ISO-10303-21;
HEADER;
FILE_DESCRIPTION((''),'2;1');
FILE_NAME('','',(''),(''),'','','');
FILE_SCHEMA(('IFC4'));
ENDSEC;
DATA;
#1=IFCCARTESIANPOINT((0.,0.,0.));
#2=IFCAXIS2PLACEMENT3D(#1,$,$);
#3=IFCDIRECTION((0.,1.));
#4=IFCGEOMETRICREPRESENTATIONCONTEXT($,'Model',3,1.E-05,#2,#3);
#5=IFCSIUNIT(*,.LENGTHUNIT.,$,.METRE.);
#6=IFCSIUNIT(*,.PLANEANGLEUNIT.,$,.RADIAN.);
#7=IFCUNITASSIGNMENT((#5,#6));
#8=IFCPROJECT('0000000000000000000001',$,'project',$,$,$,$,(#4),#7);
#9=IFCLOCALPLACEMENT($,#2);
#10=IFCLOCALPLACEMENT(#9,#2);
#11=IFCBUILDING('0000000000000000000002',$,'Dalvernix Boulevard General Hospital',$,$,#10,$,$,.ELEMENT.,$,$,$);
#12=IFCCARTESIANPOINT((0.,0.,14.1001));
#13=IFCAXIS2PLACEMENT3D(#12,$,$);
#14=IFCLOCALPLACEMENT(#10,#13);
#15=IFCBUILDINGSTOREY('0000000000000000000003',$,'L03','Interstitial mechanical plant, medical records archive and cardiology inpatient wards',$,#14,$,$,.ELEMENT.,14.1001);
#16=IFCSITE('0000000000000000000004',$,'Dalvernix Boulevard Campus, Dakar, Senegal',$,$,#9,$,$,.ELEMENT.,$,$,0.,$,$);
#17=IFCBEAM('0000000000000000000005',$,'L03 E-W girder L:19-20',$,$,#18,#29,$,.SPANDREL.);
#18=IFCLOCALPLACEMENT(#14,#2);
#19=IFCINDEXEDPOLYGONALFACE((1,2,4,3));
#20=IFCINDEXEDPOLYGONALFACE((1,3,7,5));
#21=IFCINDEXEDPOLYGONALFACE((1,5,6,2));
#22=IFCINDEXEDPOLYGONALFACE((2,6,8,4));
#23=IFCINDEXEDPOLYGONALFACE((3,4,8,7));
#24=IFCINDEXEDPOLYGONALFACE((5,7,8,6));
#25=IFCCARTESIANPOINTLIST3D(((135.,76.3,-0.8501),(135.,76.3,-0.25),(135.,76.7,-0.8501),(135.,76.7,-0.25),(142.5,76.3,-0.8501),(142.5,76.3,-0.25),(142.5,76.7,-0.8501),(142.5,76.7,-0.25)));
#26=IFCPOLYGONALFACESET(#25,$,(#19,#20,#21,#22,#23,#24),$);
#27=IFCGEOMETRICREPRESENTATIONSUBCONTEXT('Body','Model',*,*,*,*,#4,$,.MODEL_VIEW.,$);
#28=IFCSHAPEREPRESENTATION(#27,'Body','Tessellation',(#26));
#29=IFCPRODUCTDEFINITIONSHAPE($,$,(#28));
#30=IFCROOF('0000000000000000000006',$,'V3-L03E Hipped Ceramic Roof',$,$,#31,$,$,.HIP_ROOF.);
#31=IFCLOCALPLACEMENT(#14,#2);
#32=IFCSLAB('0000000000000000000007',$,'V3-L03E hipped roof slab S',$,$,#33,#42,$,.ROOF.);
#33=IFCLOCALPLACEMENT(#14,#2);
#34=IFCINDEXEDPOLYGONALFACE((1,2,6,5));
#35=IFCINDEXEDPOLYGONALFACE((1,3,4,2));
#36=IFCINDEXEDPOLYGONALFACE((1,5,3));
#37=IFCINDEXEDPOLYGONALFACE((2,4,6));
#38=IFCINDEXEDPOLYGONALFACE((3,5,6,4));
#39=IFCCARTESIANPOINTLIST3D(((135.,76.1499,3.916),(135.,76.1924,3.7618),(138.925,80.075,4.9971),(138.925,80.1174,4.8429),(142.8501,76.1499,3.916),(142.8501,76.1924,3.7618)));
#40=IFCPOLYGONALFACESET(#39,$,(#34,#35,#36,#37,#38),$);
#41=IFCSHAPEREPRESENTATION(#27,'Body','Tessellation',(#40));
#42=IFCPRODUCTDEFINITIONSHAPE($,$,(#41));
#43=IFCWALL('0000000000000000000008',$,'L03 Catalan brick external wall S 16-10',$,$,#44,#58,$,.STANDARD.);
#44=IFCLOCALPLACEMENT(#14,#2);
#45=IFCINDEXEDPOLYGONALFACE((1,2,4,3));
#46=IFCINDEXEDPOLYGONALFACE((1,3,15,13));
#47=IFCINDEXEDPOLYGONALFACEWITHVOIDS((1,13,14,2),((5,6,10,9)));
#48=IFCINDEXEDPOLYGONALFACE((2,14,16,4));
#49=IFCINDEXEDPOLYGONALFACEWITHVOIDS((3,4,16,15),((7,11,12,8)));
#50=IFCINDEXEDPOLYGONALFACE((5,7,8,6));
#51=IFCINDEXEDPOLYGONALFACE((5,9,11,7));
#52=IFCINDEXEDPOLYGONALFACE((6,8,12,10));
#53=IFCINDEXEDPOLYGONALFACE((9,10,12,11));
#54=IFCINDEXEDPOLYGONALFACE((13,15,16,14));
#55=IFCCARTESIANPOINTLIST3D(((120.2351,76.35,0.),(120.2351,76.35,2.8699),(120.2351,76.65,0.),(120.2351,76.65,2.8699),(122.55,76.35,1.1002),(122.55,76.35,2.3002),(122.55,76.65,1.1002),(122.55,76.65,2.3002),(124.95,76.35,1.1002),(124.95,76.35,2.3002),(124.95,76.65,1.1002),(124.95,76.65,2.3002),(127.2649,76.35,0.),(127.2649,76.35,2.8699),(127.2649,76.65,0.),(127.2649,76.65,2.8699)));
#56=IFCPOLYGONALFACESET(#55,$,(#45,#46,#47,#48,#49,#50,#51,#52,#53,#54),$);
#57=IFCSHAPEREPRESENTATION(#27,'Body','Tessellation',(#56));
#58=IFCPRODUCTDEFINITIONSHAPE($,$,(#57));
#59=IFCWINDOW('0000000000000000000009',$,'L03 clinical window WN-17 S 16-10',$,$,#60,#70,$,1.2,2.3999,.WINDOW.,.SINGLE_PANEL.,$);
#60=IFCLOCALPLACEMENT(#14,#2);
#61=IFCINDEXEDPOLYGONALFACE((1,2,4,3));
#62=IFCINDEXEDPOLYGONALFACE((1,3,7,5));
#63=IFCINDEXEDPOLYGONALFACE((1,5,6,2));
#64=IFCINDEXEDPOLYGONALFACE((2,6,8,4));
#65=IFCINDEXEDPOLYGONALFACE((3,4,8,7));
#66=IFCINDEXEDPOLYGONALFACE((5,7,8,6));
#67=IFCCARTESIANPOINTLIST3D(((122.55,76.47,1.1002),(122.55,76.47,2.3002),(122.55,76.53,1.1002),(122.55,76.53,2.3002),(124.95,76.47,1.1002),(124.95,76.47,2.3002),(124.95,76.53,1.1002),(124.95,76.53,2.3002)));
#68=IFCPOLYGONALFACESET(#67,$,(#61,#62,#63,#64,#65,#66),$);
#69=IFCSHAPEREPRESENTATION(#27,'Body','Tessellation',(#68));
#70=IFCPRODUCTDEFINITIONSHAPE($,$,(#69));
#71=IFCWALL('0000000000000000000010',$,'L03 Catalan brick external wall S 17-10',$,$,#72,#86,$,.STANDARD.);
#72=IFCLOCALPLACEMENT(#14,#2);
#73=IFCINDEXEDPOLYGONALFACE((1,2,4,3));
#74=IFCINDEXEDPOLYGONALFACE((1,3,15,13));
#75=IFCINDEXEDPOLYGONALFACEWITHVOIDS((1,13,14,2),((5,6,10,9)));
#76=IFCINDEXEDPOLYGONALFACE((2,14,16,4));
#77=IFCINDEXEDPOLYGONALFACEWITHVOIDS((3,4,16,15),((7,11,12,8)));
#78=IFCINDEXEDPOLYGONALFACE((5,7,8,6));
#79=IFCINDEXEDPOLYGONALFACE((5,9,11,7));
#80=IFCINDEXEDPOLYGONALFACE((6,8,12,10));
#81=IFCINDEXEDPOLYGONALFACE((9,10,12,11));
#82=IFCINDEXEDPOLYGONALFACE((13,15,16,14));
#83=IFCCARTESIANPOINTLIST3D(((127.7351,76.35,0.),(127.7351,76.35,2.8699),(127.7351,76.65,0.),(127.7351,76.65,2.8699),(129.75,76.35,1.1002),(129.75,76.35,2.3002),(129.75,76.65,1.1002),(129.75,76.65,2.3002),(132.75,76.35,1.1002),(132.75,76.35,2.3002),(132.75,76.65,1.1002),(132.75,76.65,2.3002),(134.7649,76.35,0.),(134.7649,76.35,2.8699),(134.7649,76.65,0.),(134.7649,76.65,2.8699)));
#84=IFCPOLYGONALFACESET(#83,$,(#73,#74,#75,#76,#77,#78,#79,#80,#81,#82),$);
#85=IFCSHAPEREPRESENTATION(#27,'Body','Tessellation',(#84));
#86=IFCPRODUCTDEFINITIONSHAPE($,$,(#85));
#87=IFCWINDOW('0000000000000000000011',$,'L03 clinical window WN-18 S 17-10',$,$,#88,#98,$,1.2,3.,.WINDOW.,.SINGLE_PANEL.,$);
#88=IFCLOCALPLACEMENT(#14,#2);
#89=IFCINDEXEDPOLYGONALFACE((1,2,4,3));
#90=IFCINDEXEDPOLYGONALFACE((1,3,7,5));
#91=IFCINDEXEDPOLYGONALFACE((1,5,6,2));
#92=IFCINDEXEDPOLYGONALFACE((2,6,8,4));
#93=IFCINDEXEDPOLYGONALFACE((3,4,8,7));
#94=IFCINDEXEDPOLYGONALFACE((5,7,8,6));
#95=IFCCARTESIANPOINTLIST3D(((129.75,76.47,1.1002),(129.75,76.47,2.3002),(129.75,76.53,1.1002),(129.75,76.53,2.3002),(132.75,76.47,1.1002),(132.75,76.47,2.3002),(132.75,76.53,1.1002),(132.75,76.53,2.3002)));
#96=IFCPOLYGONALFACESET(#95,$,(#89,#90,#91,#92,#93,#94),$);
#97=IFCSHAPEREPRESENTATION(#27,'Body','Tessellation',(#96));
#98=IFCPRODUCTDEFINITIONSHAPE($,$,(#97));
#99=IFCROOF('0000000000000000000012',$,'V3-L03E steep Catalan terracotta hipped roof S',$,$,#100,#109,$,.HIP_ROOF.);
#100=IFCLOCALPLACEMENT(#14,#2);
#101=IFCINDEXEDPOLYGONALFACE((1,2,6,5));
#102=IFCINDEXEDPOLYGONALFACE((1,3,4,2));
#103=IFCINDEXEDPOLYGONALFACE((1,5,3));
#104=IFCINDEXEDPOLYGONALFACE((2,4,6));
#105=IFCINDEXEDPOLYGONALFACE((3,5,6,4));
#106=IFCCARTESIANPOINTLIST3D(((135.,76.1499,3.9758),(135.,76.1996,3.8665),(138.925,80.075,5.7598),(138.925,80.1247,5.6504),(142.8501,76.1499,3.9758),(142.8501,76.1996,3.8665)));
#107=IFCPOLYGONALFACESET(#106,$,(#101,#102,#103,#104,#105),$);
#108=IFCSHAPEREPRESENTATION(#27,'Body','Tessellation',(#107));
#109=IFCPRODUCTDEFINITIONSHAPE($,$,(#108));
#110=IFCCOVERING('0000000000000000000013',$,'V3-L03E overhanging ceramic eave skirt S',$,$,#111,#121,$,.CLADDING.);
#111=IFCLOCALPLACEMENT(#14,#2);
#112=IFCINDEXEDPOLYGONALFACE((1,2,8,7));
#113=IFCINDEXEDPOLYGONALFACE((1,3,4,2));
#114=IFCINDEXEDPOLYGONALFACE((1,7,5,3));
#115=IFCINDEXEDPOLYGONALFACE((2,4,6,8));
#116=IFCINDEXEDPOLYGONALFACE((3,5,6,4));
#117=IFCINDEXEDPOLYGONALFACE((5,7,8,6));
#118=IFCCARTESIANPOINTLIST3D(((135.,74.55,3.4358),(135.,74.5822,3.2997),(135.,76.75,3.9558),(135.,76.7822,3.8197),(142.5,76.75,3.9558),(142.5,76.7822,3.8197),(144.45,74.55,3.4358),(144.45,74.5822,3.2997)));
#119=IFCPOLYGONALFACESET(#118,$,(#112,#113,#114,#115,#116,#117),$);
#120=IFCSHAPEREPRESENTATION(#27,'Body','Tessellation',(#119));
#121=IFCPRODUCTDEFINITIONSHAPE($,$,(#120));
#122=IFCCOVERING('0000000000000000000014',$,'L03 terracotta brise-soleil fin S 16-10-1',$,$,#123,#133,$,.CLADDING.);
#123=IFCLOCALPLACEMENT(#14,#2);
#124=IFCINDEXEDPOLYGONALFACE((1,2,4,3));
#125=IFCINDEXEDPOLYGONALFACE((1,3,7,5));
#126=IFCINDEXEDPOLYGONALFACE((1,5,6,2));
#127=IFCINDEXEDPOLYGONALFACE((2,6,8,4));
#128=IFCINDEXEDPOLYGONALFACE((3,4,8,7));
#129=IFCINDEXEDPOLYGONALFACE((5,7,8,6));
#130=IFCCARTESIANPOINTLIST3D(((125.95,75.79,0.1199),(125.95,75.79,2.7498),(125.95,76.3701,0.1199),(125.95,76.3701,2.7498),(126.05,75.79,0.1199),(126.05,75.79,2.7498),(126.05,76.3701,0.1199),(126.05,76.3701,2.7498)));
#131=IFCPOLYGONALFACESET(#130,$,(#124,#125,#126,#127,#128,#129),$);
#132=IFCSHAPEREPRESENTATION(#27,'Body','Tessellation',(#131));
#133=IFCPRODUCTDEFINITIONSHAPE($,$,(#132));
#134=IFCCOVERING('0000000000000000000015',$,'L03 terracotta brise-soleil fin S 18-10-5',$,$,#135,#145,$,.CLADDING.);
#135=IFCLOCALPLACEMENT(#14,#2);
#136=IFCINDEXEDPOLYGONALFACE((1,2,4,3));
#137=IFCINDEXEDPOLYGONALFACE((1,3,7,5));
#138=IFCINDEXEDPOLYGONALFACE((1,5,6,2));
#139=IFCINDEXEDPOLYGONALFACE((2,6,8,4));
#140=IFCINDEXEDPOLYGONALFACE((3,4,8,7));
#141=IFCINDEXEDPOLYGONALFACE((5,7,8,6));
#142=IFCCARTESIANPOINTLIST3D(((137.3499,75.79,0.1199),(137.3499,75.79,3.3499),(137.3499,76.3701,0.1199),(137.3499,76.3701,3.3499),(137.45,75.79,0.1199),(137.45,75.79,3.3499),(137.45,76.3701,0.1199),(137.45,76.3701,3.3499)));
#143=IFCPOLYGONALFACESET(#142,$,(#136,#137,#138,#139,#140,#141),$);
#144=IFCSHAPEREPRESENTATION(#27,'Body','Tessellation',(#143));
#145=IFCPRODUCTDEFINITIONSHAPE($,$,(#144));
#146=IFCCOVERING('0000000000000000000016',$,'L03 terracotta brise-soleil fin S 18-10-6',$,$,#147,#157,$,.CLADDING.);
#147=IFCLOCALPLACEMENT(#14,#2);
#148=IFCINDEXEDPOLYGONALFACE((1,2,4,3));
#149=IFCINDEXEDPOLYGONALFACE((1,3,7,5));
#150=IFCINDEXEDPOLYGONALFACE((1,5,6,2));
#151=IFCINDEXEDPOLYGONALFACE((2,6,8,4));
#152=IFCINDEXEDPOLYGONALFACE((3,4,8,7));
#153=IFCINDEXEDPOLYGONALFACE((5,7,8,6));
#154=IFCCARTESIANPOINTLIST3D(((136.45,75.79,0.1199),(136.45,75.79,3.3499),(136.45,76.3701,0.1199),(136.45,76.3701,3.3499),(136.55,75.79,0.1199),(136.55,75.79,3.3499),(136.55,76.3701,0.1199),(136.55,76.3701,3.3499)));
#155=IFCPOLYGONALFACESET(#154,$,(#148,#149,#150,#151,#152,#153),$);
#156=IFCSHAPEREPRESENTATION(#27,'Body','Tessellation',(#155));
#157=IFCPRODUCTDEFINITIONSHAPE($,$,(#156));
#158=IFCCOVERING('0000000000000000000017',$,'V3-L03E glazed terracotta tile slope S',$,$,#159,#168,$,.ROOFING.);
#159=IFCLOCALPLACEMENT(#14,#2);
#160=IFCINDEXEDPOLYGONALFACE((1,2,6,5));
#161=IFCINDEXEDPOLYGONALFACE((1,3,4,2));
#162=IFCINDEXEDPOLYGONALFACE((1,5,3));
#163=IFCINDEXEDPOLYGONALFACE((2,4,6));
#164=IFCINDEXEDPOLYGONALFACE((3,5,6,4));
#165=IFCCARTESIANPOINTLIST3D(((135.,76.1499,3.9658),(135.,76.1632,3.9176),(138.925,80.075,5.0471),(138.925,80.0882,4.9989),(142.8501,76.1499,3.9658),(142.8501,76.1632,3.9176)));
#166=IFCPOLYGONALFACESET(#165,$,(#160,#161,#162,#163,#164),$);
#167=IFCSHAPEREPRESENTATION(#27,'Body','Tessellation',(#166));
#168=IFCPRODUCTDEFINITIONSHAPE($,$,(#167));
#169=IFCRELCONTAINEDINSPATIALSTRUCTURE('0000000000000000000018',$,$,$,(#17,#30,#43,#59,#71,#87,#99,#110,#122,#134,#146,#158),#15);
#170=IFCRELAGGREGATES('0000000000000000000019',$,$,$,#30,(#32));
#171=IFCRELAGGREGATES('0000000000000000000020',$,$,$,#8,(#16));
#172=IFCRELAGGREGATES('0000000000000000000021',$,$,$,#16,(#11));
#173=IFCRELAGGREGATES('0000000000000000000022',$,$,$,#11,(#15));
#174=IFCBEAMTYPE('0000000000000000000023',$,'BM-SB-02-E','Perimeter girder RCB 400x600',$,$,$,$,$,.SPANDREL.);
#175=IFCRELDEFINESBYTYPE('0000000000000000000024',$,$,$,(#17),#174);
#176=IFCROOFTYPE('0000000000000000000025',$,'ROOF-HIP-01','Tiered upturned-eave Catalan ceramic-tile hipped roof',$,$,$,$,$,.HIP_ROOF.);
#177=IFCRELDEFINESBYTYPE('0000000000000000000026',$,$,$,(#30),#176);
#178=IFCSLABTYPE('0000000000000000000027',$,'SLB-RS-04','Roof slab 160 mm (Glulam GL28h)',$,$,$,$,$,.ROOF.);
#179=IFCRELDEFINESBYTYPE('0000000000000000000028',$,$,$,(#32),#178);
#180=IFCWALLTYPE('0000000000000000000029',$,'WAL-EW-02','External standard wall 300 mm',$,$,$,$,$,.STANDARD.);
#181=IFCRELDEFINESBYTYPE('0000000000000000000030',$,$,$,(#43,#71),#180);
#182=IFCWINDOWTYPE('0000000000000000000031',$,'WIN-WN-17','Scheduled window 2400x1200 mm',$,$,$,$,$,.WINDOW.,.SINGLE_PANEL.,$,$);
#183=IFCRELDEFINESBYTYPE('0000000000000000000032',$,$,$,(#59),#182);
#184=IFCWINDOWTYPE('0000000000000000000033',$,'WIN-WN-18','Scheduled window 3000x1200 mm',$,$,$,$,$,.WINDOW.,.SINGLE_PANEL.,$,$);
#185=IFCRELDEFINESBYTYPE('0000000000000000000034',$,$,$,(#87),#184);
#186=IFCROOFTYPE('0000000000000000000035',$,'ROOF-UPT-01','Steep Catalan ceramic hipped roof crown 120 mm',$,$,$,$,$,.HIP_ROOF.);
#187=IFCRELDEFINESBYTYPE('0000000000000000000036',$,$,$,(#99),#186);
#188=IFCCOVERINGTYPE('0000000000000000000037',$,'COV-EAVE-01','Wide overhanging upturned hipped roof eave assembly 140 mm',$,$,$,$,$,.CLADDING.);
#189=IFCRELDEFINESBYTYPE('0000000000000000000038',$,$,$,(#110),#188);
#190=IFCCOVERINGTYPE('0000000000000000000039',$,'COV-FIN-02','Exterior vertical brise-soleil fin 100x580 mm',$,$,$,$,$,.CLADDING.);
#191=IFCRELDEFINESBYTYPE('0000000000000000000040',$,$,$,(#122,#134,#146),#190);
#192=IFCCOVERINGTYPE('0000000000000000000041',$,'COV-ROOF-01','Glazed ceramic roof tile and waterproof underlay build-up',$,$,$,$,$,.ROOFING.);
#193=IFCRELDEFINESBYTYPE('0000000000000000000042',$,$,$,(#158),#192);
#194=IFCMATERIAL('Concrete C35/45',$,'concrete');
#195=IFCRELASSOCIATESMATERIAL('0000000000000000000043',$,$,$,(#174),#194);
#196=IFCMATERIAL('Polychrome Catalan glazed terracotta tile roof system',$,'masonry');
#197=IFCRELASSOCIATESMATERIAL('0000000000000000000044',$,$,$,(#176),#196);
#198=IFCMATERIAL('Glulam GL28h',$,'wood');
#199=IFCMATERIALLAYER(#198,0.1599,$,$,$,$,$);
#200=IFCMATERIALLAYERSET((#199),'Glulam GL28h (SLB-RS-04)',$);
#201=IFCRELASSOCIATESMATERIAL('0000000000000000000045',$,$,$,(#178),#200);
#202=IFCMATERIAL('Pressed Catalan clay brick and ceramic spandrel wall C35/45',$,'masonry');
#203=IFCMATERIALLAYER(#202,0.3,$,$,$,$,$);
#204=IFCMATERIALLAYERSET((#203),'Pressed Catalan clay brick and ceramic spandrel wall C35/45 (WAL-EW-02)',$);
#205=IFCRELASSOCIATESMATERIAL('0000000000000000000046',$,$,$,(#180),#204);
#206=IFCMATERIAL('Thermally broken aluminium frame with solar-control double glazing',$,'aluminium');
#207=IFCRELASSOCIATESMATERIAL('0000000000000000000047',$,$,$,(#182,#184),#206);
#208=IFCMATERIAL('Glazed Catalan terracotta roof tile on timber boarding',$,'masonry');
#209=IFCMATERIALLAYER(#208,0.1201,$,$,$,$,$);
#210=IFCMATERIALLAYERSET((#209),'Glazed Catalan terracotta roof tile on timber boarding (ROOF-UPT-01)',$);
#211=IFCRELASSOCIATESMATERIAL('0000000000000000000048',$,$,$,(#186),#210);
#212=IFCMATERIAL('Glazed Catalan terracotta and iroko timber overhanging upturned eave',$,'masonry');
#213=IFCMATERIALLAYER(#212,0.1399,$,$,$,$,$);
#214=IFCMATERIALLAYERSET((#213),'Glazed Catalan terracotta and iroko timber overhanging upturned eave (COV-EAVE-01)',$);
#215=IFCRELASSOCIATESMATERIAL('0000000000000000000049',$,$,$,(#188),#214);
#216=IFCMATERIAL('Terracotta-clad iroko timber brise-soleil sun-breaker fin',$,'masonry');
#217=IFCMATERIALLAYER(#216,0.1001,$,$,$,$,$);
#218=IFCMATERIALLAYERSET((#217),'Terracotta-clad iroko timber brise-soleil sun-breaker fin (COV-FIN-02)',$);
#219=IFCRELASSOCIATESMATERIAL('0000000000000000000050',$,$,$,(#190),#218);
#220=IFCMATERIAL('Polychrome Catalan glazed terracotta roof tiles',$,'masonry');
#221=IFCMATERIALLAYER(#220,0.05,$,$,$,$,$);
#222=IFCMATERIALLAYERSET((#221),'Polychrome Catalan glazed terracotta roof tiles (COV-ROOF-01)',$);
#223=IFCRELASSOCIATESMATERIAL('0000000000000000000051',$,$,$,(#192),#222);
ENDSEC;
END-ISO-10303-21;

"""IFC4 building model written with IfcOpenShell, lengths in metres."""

from ifc_helpers import new_model, si_unit, direction, frame, frame_2d, origin, origin_2d, place, context, subcontext, project, spatial, polyline, rectangle, outline, extrude, material, layer, layer_set, material_profile, profile_set, type_object, element, fill, aggregate, save


model = new_model("IFC4")

# Units and contexts
model_context = context("Model", 3, precision=1e-05, world=origin(), true_north=direction((0.0, 1.0)))
body_context = subcontext(model_context, "Body", "Model", "MODEL_VIEW")
ifc_project = project(units=[si_unit("LENGTHUNIT", "METRE"), si_unit("PLANEANGLEUNIT", "RADIAN")], contexts=[model_context])

# Site, building, storey
site_placement = place(None, origin())
site = spatial("IfcSite", under=ifc_project, at=site_placement, Name="Dalvernix Boulevard Campus, Dakar, Senegal", CompositionType="ELEMENT", RefElevation=0.0)
building_placement = place(site_placement, origin())
building = spatial("IfcBuilding", under=site, at=building_placement, Name="Dalvernix Boulevard General Hospital", CompositionType="ELEMENT")
storey_placement = place(building_placement, frame((0.0, 0.0, 14.1001)))
storey = spatial("IfcBuildingStorey", under=building, at=storey_placement, Name="L03", Description="Interstitial mechanical plant, medical records archive and cardiology inpatient wards", CompositionType="ELEMENT", Elevation=14.1001)

# Beam
ifc_material_1 = material(Name="Concrete C35/45", Category="concrete")
ifc_material_profile_1 = material_profile(ifc_material_1, rectangle(XDim=0.3999, YDim=0.6001, at=origin_2d()), Name="RCB 400x600")
ifc_profile_set_1 = profile_set([ifc_material_profile_1], Name="Concrete C35/45")
beam_type_1 = type_object("IfcBeamType", Name="BM-SB-02-E", Description="Perimeter girder RCB 400x600", PredefinedType="SPANDREL", material=ifc_profile_set_1)
for number, where, z_axis, x_axis, name in (
    (1, (135.0, 76.5, -0.55), (1.0, 0.0, 0.0), (0.0, 1.0, 0.0), "L03 E-W girder L:19-20"),
):
    element("IfcBeam", number, at=place(storey_placement, frame(where, z_axis=z_axis, x_axis=x_axis)), inside=storey, type_object=beam_type_1, Name=name, PredefinedType="SPANDREL", context=body_context, shape_type="SweptSolid", body=[
        extrude(rectangle(XDim=0.3999, YDim=0.6001, at=origin_2d()), origin(), (0.0, 0.0, 1.0), 7.5),
    ])

# Roof, slab
ifc_material_2 = material(Name="Polychrome Catalan glazed terracotta tile roof system", Category="masonry")
roof_type_1 = type_object("IfcRoofType", Name="ROOF-HIP-01", Description="Tiered upturned-eave Catalan ceramic-tile hipped roof", PredefinedType="HIP_ROOF", material=ifc_material_2)
roof_1_placement = place(storey_placement, origin())
roof_1 = element("IfcRoof", 2, at=roof_1_placement, inside=storey, type_object=roof_type_1, Name="V3-L03E Hipped Ceramic Roof", PredefinedType="HIP_ROOF")
ifc_material_3 = material(Name="Glulam GL28h", Category="wood")
ifc_layer_1 = layer(ifc_material_3, 0.1599)
ifc_layer_set_1 = layer_set([ifc_layer_1], Name="Glulam GL28h (SLB-RS-04)")
slab_type = type_object("IfcSlabType", Name="SLB-RS-04", Description="Roof slab 160 mm (Glulam GL28h)", PredefinedType="ROOF", material=ifc_layer_set_1)
slab_placement = place(storey_placement, frame((135.0, 76.1499, 3.916), z_axis=(0.0, -0.265537, 0.964101), x_axis=(1.0, 0.0, 0.0)))
slab = element("IfcSlab", 3, at=slab_placement, type_object=slab_type, Name="V3-L03E hipped roof slab S", PredefinedType="ROOF", context=body_context, shape_type="SweptSolid", body=[
    extrude(outline(polyline([(0.0, 0.0), (7.8501, 0.0), (3.925, 4.0712), (0.0, 0.0)])), origin(), (0.0, 0.0, -1.0), 0.1599),
])
aggregate(roof_1, [slab])

# Walls, openings, windows
ifc_material_4 = material(Name="Pressed Catalan clay brick and ceramic spandrel wall C35/45", Category="masonry")
ifc_layer_2 = layer(ifc_material_4, 0.3)
ifc_layer_set_2 = layer_set([ifc_layer_2], Name="Pressed Catalan clay brick and ceramic spandrel wall C35/45 (WAL-EW-02)")
wall_type = type_object("IfcWallType", Name="WAL-EW-02", Description="External standard wall 300 mm", PredefinedType="STANDARD", material=ifc_layer_set_2)
wall_1_placement = place(storey_placement, frame((127.2649, 76.5, 0.0), z_axis=(0.0, 0.0, 1.0), x_axis=(-1.0, 0.0, 0.0)))
wall_1 = element("IfcWall", 4, at=wall_1_placement, inside=storey, type_object=wall_type, Name="L03 Catalan brick external wall S 16-10", PredefinedType="STANDARD", context=body_context, shape_type="SweptSolid", body=[
    extrude(rectangle(XDim=7.0298, YDim=0.3, at=frame_2d((3.5149, 0.0))), origin(), (0.0, 0.0, 1.0), 2.8699),
])
opening_1_placement = place(wall_1_placement, frame((2.3149, 0.0, 1.1001)))
opening_1 = element("IfcOpeningElement", 5, at=opening_1_placement, cuts=wall_1, PredefinedType="OPENING", context=body_context, shape_type="SweptSolid", body=[
    extrude(rectangle(XDim=2.3999, YDim=1.2, at=frame_2d((1.2, 0.6001))), frame((0.0, 0.1599, 0.0), z_axis=(0.0, -1.0, 0.0), x_axis=(1.0, 0.0, 0.0)), (0.0, 0.0, 1.0), 0.3201),
])
ifc_material_5 = material(Name="Thermally broken aluminium frame with solar-control double glazing", Category="aluminium")
window_type_1 = type_object("IfcWindowType", Name="WIN-WN-17", Description="Scheduled window 2400x1200 mm", PartitioningType="SINGLE_PANEL", PredefinedType="WINDOW", material=ifc_material_5)
window_1_placement = place(opening_1_placement, origin())
window_1 = element("IfcWindow", 6, at=window_1_placement, inside=storey, type_object=window_type_1, Name="L03 clinical window WN-17 S 16-10", OverallHeight=1.2, OverallWidth=2.3999, PartitioningType="SINGLE_PANEL", PredefinedType="WINDOW", context=body_context, shape_type="SweptSolid", body=[
    extrude(rectangle(XDim=2.3999, YDim=1.2, at=frame_2d((1.2, 0.6001))), frame((0.0, 0.03, 0.0), z_axis=(0.0, -1.0, 0.0), x_axis=(1.0, 0.0, 0.0)), (0.0, 0.0, 1.0), 0.0601),
])
fill(opening_1, window_1)
wall_2_placement = place(storey_placement, frame((134.7649, 76.5, 0.0), z_axis=(0.0, 0.0, 1.0), x_axis=(-1.0, 0.0, 0.0)))
wall_2 = element("IfcWall", 7, at=wall_2_placement, inside=storey, type_object=wall_type, Name="L03 Catalan brick external wall S 17-10", PredefinedType="STANDARD", context=body_context, shape_type="SweptSolid", body=[
    extrude(rectangle(XDim=7.0298, YDim=0.3, at=frame_2d((3.5149, 0.0))), origin(), (0.0, 0.0, 1.0), 2.8699),
])
opening_2_placement = place(wall_2_placement, frame((2.0149, 0.0, 1.1001)))
opening_2 = element("IfcOpeningElement", 8, at=opening_2_placement, cuts=wall_2, PredefinedType="OPENING", context=body_context, shape_type="SweptSolid", body=[
    extrude(rectangle(XDim=3.0, YDim=1.2, at=frame_2d((1.5, 0.6001))), frame((0.0, 0.1599, 0.0), z_axis=(0.0, -1.0, 0.0), x_axis=(1.0, 0.0, 0.0)), (0.0, 0.0, 1.0), 0.3201),
])
window_type_2 = type_object("IfcWindowType", Name="WIN-WN-18", Description="Scheduled window 3000x1200 mm", PartitioningType="SINGLE_PANEL", PredefinedType="WINDOW", material=ifc_material_5)
window_2_placement = place(opening_2_placement, origin())
window_2 = element("IfcWindow", 9, at=window_2_placement, inside=storey, type_object=window_type_2, Name="L03 clinical window WN-18 S 17-10", OverallHeight=1.2, OverallWidth=3.0, PartitioningType="SINGLE_PANEL", PredefinedType="WINDOW", context=body_context, shape_type="SweptSolid", body=[
    extrude(rectangle(XDim=3.0, YDim=1.2, at=frame_2d((1.5, 0.6001))), frame((0.0, 0.03, 0.0), z_axis=(0.0, -1.0, 0.0), x_axis=(1.0, 0.0, 0.0)), (0.0, 0.0, 1.0), 0.0601),
])
fill(opening_2, window_2)

# Roof
ifc_material_6 = material(Name="Glazed Catalan terracotta roof tile on timber boarding", Category="masonry")
ifc_layer_3 = layer(ifc_material_6, 0.1201)
ifc_layer_set_3 = layer_set([ifc_layer_3], Name="Glazed Catalan terracotta roof tile on timber boarding (ROOF-UPT-01)")
roof_type_2 = type_object("IfcRoofType", Name="ROOF-UPT-01", Description="Steep Catalan ceramic hipped roof crown 120 mm", PredefinedType="HIP_ROOF", material=ifc_layer_set_3)
roof_2_placement = place(storey_placement, frame((135.0, 76.1499, 3.9758), z_axis=(0.0, -0.413769, 0.910382), x_axis=(1.0, 0.0, 0.0)))
element("IfcRoof", 10, at=roof_2_placement, inside=storey, type_object=roof_type_2, Name="V3-L03E steep Catalan terracotta hipped roof S", PredefinedType="HIP_ROOF", context=body_context, shape_type="SweptSolid", body=[
    extrude(outline(polyline([(0.0, 0.0), (7.8501, 0.0), (3.925, 4.3114), (0.0, 0.0)])), origin(), (0.0, 0.0, -1.0), 0.1201),
])

# Coverings
ifc_material_7 = material(Name="Glazed Catalan terracotta and iroko timber overhanging upturned eave", Category="masonry")
ifc_layer_4 = layer(ifc_material_7, 0.1399)
ifc_layer_set_4 = layer_set([ifc_layer_4], Name="Glazed Catalan terracotta and iroko timber overhanging upturned eave (COV-EAVE-01)")
covering_type_1 = type_object("IfcCoveringType", Name="COV-EAVE-01", Description="Wide overhanging upturned hipped roof eave assembly 140 mm", PredefinedType="CLADDING", material=ifc_layer_set_4)
covering_1_placement = place(storey_placement, frame((135.0, 76.75, 3.9558), z_axis=(0.0, -0.230038, 0.973182), x_axis=(1.0, 0.0, 0.0)))
element("IfcCovering", 11, at=covering_1_placement, inside=storey, type_object=covering_type_1, Name="V3-L03E overhanging ceramic eave skirt S", PredefinedType="CLADDING", context=body_context, shape_type="SweptSolid", body=[
    extrude(outline(polyline([(0.0, 0.0), (7.5, 0.0), (9.45, -2.2606), (0.0, -2.2606), (0.0, 0.0)])), origin(), (0.0, 0.0, -1.0), 0.1399),
])
ifc_material_8 = material(Name="Terracotta-clad iroko timber brise-soleil sun-breaker fin", Category="masonry")
ifc_layer_5 = layer(ifc_material_8, 0.1001)
ifc_layer_set_5 = layer_set([ifc_layer_5], Name="Terracotta-clad iroko timber brise-soleil sun-breaker fin (COV-FIN-02)")
covering_type_2 = type_object("IfcCoveringType", Name="COV-FIN-02", Description="Exterior vertical brise-soleil fin 100x580 mm", PredefinedType="CLADDING", material=ifc_layer_set_5)
covering_2_placement = place(storey_placement, frame((126.0, 76.0801, 0.1199), z_axis=(0.0, 0.0, 1.0), x_axis=(-1.0, 0.0, 0.0)))
element("IfcCovering", 12, at=covering_2_placement, inside=storey, type_object=covering_type_2, Name="L03 terracotta brise-soleil fin S 16-10-1", PredefinedType="CLADDING", context=body_context, shape_type="SweptSolid", body=[
    extrude(rectangle(XDim=0.1001, YDim=0.5801, at=origin_2d()), origin(), (0.0, 0.0, 1.0), 2.6299),
])
for number, where, z_axis, x_axis, name in (
    (13, (137.3999, 76.0801, 0.1199), (0.0, 0.0, 1.0), (-1.0, 0.0, 0.0), "L03 terracotta brise-soleil fin S 18-10-5"),
    (14, (136.5, 76.0801, 0.1199), (0.0, 0.0, 1.0), (-1.0, 0.0, 0.0), "L03 terracotta brise-soleil fin S 18-10-6"),
):
    element("IfcCovering", number, at=place(storey_placement, frame(where, z_axis=z_axis, x_axis=x_axis)), inside=storey, type_object=covering_type_2, Name=name, PredefinedType="CLADDING", context=body_context, shape_type="SweptSolid", body=[
        extrude(rectangle(XDim=0.1001, YDim=0.5801, at=origin_2d()), origin(), (0.0, 0.0, 1.0), 3.23),
    ])
ifc_material_9 = material(Name="Polychrome Catalan glazed terracotta roof tiles", Category="masonry")
ifc_layer_6 = layer(ifc_material_9, 0.05)
ifc_layer_set_6 = layer_set([ifc_layer_6], Name="Polychrome Catalan glazed terracotta roof tiles (COV-ROOF-01)")
covering_type_3 = type_object("IfcCoveringType", Name="COV-ROOF-01", Description="Glazed ceramic roof tile and waterproof underlay build-up", PredefinedType="ROOFING", material=ifc_layer_set_6)
covering_3_placement = place(storey_placement, frame((135.0, 76.1499, 3.9658), z_axis=(0.0, -0.265593, 0.964085), x_axis=(1.0, 0.0, 0.0)))
element("IfcCovering", 15, at=covering_3_placement, inside=storey, type_object=covering_type_3, Name="V3-L03E glazed terracotta tile slope S", PredefinedType="ROOFING", context=body_context, shape_type="SweptSolid", body=[
    extrude(outline(polyline([(0.0, 0.0), (7.8501, 0.0), (3.925, 4.0713), (0.0, 0.0)])), origin(), (0.0, 0.0, -1.0), 0.05),
])

save(model, "model.ifc")
